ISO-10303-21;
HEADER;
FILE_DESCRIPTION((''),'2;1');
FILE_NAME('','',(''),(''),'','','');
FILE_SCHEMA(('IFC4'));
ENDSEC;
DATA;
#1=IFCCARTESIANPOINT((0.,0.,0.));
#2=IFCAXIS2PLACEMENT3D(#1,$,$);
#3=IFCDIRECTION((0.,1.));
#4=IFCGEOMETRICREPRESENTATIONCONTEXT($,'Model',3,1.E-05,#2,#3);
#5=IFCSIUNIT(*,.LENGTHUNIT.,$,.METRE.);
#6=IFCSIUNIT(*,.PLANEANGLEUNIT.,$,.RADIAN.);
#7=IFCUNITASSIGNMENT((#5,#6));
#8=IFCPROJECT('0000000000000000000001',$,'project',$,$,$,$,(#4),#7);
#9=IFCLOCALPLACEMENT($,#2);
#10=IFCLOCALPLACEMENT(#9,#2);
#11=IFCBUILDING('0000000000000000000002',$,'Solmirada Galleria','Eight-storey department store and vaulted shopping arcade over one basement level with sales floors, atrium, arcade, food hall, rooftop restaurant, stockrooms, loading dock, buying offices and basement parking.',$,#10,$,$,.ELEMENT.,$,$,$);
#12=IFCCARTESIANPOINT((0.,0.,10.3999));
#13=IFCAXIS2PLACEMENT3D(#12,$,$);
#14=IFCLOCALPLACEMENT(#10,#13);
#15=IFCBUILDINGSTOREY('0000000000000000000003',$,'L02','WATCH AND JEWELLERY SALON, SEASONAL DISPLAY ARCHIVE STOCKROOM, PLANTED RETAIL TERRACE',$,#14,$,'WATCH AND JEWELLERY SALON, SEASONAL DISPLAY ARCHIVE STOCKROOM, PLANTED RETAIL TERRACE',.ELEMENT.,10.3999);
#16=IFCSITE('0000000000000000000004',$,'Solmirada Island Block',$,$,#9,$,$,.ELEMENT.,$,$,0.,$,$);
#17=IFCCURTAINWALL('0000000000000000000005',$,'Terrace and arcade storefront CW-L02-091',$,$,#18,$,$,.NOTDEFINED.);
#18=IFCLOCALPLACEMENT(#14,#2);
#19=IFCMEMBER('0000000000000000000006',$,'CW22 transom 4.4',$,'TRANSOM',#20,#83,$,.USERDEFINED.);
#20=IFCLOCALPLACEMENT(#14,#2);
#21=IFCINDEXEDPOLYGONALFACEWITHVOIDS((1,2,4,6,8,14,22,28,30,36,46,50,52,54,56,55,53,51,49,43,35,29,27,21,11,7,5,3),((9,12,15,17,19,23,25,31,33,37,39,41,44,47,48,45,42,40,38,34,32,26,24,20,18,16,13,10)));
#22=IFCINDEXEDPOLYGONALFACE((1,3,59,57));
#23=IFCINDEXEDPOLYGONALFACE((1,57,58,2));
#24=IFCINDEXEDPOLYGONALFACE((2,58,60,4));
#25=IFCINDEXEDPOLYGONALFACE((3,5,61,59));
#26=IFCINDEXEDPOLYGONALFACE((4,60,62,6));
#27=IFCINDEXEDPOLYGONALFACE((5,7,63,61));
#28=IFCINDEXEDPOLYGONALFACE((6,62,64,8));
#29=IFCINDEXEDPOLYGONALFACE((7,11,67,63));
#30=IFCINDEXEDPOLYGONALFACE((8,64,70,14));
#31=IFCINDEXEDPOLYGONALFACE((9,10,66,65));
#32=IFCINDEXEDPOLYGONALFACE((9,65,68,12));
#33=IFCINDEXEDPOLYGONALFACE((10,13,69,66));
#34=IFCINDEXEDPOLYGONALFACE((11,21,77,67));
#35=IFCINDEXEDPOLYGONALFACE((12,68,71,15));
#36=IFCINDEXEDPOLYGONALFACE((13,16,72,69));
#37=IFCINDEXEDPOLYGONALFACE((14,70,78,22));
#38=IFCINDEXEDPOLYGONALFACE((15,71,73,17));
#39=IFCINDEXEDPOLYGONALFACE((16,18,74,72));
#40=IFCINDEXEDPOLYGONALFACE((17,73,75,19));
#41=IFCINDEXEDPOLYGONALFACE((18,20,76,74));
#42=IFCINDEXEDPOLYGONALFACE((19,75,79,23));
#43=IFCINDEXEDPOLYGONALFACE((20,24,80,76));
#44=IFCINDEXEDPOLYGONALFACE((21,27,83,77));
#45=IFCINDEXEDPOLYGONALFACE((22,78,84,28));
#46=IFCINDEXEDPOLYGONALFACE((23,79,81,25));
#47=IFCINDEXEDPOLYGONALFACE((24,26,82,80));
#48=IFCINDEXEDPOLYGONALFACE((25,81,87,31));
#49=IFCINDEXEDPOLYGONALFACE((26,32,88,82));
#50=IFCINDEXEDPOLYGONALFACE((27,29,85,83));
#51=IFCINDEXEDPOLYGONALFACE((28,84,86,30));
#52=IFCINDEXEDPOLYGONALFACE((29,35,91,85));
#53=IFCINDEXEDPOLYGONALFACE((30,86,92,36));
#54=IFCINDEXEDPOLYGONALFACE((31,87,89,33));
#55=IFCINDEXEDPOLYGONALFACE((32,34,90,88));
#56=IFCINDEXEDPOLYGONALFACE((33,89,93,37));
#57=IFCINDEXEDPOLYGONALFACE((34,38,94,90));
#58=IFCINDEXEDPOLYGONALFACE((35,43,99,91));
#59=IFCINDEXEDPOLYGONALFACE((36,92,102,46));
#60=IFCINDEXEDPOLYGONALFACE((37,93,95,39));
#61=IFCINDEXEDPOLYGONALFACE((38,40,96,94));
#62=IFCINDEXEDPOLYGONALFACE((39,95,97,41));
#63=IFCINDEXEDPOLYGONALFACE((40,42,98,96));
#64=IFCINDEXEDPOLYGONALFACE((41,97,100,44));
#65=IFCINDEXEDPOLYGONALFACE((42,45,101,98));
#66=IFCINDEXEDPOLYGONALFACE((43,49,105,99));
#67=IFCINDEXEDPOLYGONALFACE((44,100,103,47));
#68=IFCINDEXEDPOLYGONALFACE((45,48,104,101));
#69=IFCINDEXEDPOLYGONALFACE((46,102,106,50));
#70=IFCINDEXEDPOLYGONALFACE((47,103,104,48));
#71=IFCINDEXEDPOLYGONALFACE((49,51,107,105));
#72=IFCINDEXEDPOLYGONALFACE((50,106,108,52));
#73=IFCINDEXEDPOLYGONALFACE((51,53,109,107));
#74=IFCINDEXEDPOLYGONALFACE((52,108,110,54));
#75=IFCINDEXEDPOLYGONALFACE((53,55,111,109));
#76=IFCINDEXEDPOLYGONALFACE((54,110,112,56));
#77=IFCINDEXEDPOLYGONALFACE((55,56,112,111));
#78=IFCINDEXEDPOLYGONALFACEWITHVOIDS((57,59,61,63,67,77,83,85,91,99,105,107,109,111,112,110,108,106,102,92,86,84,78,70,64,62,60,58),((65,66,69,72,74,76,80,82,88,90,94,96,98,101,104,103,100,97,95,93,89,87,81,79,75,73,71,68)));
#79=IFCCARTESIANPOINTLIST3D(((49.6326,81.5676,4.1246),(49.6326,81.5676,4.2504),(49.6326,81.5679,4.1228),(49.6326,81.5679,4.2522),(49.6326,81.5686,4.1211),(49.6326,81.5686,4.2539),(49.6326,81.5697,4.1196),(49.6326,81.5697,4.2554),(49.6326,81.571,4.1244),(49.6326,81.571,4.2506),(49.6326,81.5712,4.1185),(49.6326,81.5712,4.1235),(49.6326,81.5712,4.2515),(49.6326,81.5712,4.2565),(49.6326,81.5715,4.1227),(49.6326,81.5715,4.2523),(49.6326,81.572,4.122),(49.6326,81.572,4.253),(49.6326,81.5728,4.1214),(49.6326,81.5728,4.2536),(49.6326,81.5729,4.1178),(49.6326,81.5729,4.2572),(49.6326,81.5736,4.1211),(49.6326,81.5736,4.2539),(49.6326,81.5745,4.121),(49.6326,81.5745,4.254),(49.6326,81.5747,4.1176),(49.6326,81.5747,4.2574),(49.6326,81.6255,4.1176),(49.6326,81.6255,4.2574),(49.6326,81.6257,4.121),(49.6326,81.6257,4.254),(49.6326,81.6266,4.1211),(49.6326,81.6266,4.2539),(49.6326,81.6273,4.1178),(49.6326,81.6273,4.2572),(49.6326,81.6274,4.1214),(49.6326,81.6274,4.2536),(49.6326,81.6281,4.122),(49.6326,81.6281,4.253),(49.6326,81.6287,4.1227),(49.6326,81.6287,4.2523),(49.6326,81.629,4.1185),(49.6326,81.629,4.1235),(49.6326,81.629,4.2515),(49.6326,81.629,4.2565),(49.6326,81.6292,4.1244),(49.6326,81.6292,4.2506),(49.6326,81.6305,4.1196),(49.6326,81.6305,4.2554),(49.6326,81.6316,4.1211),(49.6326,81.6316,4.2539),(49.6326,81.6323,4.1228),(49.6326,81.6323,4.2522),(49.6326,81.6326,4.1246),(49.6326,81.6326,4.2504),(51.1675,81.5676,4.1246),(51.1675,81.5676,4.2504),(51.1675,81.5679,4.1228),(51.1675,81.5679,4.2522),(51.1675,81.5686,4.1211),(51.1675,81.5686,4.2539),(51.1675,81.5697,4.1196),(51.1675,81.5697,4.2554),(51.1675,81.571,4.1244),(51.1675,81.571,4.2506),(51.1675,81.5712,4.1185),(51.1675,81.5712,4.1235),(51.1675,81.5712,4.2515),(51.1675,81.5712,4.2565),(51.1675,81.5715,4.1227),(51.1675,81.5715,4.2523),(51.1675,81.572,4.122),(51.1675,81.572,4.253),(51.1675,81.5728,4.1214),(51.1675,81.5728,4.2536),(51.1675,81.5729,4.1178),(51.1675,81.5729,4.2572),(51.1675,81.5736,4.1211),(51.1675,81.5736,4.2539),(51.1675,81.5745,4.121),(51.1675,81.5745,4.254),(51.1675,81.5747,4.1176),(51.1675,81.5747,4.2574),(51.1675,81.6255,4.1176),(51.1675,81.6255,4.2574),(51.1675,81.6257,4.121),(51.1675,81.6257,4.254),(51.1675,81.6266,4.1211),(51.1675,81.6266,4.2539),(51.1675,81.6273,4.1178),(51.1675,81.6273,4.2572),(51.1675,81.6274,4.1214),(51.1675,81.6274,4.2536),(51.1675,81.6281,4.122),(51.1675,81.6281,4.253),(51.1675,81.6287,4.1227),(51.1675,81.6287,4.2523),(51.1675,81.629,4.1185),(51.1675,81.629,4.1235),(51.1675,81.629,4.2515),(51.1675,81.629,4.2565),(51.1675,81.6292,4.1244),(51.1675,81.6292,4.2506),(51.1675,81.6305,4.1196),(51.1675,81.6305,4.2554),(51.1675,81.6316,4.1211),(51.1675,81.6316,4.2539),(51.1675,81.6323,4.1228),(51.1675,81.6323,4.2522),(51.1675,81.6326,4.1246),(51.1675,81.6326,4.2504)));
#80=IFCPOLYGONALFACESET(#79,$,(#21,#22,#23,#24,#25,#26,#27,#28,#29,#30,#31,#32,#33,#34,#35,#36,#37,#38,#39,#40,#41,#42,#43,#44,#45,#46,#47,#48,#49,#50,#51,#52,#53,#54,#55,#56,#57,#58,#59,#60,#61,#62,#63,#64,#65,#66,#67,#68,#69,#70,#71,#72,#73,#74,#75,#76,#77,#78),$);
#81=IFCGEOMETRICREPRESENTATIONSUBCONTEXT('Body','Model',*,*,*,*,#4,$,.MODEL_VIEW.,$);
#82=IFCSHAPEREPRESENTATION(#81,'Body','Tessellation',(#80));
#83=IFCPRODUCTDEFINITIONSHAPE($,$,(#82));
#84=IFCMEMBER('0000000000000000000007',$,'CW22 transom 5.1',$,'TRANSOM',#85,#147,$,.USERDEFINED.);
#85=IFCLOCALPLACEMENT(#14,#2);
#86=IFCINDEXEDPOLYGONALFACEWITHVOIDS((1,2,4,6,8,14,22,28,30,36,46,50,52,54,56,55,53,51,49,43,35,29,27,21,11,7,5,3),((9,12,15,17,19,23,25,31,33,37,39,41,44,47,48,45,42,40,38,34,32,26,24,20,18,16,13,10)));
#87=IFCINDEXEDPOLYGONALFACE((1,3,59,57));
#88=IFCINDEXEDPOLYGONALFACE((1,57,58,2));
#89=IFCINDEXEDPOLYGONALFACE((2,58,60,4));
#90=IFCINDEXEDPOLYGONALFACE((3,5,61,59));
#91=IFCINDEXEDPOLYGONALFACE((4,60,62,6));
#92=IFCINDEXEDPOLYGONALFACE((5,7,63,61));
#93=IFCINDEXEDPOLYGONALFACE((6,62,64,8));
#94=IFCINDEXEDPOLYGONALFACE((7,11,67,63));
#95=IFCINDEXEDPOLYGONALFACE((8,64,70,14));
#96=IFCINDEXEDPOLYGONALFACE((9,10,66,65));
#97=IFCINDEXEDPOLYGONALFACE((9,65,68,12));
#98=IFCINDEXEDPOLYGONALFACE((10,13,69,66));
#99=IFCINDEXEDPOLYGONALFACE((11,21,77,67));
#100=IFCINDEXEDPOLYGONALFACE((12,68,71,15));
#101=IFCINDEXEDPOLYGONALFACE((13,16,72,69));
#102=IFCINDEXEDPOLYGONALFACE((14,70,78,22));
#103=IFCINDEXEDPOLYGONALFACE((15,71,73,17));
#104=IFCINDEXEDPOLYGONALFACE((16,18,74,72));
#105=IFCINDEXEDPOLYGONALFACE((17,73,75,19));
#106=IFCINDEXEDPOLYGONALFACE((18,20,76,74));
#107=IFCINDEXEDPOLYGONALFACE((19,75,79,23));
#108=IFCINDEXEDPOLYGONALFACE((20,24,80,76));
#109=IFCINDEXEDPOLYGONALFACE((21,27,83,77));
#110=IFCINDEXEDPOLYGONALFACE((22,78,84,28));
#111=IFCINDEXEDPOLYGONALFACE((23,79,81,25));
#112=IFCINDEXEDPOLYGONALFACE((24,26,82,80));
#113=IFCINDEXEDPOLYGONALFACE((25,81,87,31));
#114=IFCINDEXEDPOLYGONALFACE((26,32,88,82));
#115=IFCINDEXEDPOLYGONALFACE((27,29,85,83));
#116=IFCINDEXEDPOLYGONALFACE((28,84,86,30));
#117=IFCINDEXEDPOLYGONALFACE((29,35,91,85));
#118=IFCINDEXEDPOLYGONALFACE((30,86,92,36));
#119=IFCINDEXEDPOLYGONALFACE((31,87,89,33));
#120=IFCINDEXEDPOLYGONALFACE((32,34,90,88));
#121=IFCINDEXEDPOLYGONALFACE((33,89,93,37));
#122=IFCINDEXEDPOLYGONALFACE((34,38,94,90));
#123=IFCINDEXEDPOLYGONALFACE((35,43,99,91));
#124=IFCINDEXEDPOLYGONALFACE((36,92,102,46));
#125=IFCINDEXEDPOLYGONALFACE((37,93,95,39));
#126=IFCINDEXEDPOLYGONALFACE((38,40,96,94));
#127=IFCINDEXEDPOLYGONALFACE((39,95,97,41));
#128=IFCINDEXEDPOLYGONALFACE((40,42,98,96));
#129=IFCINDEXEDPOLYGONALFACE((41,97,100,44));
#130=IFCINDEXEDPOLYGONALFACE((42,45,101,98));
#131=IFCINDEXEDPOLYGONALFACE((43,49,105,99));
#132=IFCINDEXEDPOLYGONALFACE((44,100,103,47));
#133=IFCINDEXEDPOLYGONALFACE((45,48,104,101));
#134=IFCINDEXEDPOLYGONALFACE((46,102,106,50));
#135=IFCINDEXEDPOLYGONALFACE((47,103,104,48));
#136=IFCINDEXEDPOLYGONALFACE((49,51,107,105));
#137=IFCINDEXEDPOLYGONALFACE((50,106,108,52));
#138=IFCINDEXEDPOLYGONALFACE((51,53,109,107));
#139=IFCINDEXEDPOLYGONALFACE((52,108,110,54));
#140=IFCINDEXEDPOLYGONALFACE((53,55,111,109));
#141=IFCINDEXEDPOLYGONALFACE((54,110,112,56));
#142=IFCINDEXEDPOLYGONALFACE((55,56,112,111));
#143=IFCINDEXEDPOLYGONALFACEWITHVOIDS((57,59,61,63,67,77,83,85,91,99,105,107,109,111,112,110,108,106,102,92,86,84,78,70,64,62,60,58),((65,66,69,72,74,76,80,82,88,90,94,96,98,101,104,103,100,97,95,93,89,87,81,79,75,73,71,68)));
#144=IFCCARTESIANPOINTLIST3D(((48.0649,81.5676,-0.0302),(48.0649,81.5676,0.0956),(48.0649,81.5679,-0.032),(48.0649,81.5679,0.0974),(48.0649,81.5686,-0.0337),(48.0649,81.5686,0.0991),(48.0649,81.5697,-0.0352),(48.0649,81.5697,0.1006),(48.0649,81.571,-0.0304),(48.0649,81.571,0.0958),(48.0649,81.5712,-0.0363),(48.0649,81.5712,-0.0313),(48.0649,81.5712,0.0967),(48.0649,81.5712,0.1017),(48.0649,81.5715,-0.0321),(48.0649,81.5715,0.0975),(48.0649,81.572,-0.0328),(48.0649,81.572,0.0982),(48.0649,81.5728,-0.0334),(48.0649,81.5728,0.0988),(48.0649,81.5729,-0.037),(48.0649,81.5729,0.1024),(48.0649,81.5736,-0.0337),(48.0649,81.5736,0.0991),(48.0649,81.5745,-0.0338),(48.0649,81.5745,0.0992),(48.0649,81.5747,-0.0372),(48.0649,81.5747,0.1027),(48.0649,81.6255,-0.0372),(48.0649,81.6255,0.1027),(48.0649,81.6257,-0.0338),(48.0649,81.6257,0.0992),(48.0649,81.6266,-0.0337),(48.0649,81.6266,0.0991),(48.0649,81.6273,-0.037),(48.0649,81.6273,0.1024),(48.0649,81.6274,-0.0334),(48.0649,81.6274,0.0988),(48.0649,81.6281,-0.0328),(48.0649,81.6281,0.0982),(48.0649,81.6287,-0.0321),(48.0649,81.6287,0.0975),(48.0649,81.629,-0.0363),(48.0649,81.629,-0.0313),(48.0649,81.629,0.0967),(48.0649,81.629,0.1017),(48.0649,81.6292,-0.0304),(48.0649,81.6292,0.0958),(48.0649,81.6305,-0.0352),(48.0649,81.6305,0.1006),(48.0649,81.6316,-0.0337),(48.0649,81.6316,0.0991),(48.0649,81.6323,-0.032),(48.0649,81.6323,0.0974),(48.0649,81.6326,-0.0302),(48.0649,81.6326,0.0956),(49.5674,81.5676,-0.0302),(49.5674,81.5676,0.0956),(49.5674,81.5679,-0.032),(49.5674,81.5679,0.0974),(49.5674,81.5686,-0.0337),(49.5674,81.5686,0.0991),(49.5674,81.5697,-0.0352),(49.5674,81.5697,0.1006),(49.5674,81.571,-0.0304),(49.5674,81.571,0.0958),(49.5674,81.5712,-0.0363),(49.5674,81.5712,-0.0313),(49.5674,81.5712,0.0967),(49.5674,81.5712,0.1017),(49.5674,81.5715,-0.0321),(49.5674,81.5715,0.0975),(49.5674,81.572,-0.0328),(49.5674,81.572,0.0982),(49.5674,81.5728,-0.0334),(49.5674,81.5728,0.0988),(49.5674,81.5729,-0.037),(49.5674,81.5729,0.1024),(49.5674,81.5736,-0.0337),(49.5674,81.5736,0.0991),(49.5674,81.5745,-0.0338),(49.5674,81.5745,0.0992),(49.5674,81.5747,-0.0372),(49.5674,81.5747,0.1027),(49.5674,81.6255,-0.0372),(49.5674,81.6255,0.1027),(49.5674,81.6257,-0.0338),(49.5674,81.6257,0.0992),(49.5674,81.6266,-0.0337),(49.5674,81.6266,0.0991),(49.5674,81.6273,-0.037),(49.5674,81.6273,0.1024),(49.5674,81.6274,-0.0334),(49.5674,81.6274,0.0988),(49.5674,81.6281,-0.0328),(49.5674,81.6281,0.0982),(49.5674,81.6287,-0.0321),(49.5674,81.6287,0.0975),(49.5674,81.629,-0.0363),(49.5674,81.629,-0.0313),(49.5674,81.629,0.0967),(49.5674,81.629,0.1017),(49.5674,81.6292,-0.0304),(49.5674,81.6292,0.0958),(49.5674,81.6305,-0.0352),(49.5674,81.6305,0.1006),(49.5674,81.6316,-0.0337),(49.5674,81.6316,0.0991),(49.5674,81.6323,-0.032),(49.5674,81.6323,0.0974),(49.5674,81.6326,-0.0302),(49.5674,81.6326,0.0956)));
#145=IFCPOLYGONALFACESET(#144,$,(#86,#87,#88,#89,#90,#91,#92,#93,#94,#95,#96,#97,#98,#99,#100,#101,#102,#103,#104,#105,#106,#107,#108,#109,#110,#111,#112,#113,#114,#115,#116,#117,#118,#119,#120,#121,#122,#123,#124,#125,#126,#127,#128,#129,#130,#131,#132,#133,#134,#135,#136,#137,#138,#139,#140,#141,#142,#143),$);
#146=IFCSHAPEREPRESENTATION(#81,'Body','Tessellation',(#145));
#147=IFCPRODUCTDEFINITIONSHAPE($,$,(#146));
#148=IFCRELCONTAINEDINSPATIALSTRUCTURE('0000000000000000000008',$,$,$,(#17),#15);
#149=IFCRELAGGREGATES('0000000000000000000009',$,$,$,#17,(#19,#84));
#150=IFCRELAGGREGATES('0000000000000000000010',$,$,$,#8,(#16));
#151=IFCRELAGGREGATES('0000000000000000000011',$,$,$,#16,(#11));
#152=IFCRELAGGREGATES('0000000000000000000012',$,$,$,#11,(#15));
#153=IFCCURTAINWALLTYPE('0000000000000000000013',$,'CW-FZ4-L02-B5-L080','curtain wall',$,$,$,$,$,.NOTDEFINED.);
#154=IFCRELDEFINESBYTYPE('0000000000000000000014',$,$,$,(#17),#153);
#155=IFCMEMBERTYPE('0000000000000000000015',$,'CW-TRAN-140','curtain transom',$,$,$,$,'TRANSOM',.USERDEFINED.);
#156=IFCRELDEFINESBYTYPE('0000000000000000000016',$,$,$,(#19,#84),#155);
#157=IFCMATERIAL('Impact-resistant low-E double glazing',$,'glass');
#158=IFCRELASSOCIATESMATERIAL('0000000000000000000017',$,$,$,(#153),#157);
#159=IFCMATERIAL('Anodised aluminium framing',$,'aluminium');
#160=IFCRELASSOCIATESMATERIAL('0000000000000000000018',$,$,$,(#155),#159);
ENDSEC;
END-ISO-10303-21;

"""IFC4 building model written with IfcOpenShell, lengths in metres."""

from ifc_helpers import new_model, si_unit, direction, frame, origin, origin_2d, place, context, subcontext, project, spatial, hollow_rectangle, extrude, material, material_profile, profile_set, type_object, element, aggregate, save


model = new_model("IFC4")

# Units and contexts
model_context = context("Model", 3, precision=1e-05, world=origin(), true_north=direction((0.0, 1.0)))
body_context = subcontext(model_context, "Body", "Model", "MODEL_VIEW")
ifc_project = project(units=[si_unit("LENGTHUNIT", "METRE"), si_unit("PLANEANGLEUNIT", "RADIAN")], contexts=[model_context])

# Site, building, storey
site_placement = place(None, origin())
site = spatial("IfcSite", under=ifc_project, at=site_placement, Name="Solmirada Island Block", CompositionType="ELEMENT", RefElevation=0.0)
building_placement = place(site_placement, origin())
building = spatial("IfcBuilding", under=site, at=building_placement, Name="Solmirada Galleria", Description="Eight-storey department store and vaulted shopping arcade over one basement level with sales floors, atrium, arcade, food hall, rooftop restaurant, stockrooms, loading dock, buying offices and basement parking.", CompositionType="ELEMENT")
storey_placement = place(building_placement, frame((0.0, 0.0, 10.3999)))
storey = spatial("IfcBuildingStorey", under=building, at=storey_placement, Name="L02", Description="WATCH AND JEWELLERY SALON, SEASONAL DISPLAY ARCHIVE STOCKROOM, PLANTED RETAIL TERRACE", LongName="WATCH AND JEWELLERY SALON, SEASONAL DISPLAY ARCHIVE STOCKROOM, PLANTED RETAIL TERRACE", CompositionType="ELEMENT", Elevation=10.3999)

# Curtain wall
ifc_material_1 = material(Name="Impact-resistant low-E double glazing", Category="glass")
curtain_wall_type = type_object("IfcCurtainWallType", Name="CW-FZ4-L02-B5-L080", Description="curtain wall", PredefinedType="NOTDEFINED", material=ifc_material_1)
curtain_wall_1_placement = place(storey_placement, origin())
curtain_wall_1 = element("IfcCurtainWall", 1, at=curtain_wall_1_placement, inside=storey, type_object=curtain_wall_type, Name="Terrace and arcade storefront CW-L02-091", PredefinedType="NOTDEFINED")
ifc_material_2 = material(Name="Anodised aluminium framing", Category="aluminium")

# Members
ifc_material_profile_1 = material_profile(ifc_material_2, hollow_rectangle(XDim=0.0649, YDim=0.1399, WallThickness=0.0034, InnerFilletRadius=0.0034, OuterFilletRadius=0.0071, at=origin_2d()), Name="ALU-TRAN-140X65")
ifc_profile_set_1 = profile_set([ifc_material_profile_1], Name="Anodised aluminium framing")
member_type_1 = type_object("IfcMemberType", Name="CW-TRAN-140", Description="curtain transom", ElementType="TRANSOM", PredefinedType="USERDEFINED", material=ifc_profile_set_1)
member_1_placement = place(storey_placement, frame((51.1675, 81.6001, 4.1875), z_axis=(-1.0, 0.0, 0.0), x_axis=(0.0, -1.0, 0.0)))
member_1 = element("IfcMember", 2, at=member_1_placement, type_object=member_type_1, Name="CW22 transom 4.4", ObjectType="TRANSOM", PredefinedType="USERDEFINED", context=body_context, shape_type="SweptSolid", body=[
    extrude(hollow_rectangle(XDim=0.0649, YDim=0.1399, WallThickness=0.0034, InnerFilletRadius=0.0034, OuterFilletRadius=0.0071, at=origin_2d()), origin(), (0.0, 0.0, 1.0), 1.5349),
])
member_2_placement = place(storey_placement, frame((49.5674, 81.6001, 0.0327), z_axis=(-1.0, 0.0, 0.0), x_axis=(0.0, -1.0, 0.0)))
member_2 = element("IfcMember", 3, at=member_2_placement, type_object=member_type_1, Name="CW22 transom 5.1", ObjectType="TRANSOM", PredefinedType="USERDEFINED", context=body_context, shape_type="SweptSolid", body=[
    extrude(hollow_rectangle(XDim=0.0649, YDim=0.1399, WallThickness=0.0034, InnerFilletRadius=0.0034, OuterFilletRadius=0.0071, at=origin_2d()), origin(), (0.0, 0.0, 1.0), 1.5024),
])

aggregate(curtain_wall_1, [member_1, member_2])

save(model, "model.ifc")
